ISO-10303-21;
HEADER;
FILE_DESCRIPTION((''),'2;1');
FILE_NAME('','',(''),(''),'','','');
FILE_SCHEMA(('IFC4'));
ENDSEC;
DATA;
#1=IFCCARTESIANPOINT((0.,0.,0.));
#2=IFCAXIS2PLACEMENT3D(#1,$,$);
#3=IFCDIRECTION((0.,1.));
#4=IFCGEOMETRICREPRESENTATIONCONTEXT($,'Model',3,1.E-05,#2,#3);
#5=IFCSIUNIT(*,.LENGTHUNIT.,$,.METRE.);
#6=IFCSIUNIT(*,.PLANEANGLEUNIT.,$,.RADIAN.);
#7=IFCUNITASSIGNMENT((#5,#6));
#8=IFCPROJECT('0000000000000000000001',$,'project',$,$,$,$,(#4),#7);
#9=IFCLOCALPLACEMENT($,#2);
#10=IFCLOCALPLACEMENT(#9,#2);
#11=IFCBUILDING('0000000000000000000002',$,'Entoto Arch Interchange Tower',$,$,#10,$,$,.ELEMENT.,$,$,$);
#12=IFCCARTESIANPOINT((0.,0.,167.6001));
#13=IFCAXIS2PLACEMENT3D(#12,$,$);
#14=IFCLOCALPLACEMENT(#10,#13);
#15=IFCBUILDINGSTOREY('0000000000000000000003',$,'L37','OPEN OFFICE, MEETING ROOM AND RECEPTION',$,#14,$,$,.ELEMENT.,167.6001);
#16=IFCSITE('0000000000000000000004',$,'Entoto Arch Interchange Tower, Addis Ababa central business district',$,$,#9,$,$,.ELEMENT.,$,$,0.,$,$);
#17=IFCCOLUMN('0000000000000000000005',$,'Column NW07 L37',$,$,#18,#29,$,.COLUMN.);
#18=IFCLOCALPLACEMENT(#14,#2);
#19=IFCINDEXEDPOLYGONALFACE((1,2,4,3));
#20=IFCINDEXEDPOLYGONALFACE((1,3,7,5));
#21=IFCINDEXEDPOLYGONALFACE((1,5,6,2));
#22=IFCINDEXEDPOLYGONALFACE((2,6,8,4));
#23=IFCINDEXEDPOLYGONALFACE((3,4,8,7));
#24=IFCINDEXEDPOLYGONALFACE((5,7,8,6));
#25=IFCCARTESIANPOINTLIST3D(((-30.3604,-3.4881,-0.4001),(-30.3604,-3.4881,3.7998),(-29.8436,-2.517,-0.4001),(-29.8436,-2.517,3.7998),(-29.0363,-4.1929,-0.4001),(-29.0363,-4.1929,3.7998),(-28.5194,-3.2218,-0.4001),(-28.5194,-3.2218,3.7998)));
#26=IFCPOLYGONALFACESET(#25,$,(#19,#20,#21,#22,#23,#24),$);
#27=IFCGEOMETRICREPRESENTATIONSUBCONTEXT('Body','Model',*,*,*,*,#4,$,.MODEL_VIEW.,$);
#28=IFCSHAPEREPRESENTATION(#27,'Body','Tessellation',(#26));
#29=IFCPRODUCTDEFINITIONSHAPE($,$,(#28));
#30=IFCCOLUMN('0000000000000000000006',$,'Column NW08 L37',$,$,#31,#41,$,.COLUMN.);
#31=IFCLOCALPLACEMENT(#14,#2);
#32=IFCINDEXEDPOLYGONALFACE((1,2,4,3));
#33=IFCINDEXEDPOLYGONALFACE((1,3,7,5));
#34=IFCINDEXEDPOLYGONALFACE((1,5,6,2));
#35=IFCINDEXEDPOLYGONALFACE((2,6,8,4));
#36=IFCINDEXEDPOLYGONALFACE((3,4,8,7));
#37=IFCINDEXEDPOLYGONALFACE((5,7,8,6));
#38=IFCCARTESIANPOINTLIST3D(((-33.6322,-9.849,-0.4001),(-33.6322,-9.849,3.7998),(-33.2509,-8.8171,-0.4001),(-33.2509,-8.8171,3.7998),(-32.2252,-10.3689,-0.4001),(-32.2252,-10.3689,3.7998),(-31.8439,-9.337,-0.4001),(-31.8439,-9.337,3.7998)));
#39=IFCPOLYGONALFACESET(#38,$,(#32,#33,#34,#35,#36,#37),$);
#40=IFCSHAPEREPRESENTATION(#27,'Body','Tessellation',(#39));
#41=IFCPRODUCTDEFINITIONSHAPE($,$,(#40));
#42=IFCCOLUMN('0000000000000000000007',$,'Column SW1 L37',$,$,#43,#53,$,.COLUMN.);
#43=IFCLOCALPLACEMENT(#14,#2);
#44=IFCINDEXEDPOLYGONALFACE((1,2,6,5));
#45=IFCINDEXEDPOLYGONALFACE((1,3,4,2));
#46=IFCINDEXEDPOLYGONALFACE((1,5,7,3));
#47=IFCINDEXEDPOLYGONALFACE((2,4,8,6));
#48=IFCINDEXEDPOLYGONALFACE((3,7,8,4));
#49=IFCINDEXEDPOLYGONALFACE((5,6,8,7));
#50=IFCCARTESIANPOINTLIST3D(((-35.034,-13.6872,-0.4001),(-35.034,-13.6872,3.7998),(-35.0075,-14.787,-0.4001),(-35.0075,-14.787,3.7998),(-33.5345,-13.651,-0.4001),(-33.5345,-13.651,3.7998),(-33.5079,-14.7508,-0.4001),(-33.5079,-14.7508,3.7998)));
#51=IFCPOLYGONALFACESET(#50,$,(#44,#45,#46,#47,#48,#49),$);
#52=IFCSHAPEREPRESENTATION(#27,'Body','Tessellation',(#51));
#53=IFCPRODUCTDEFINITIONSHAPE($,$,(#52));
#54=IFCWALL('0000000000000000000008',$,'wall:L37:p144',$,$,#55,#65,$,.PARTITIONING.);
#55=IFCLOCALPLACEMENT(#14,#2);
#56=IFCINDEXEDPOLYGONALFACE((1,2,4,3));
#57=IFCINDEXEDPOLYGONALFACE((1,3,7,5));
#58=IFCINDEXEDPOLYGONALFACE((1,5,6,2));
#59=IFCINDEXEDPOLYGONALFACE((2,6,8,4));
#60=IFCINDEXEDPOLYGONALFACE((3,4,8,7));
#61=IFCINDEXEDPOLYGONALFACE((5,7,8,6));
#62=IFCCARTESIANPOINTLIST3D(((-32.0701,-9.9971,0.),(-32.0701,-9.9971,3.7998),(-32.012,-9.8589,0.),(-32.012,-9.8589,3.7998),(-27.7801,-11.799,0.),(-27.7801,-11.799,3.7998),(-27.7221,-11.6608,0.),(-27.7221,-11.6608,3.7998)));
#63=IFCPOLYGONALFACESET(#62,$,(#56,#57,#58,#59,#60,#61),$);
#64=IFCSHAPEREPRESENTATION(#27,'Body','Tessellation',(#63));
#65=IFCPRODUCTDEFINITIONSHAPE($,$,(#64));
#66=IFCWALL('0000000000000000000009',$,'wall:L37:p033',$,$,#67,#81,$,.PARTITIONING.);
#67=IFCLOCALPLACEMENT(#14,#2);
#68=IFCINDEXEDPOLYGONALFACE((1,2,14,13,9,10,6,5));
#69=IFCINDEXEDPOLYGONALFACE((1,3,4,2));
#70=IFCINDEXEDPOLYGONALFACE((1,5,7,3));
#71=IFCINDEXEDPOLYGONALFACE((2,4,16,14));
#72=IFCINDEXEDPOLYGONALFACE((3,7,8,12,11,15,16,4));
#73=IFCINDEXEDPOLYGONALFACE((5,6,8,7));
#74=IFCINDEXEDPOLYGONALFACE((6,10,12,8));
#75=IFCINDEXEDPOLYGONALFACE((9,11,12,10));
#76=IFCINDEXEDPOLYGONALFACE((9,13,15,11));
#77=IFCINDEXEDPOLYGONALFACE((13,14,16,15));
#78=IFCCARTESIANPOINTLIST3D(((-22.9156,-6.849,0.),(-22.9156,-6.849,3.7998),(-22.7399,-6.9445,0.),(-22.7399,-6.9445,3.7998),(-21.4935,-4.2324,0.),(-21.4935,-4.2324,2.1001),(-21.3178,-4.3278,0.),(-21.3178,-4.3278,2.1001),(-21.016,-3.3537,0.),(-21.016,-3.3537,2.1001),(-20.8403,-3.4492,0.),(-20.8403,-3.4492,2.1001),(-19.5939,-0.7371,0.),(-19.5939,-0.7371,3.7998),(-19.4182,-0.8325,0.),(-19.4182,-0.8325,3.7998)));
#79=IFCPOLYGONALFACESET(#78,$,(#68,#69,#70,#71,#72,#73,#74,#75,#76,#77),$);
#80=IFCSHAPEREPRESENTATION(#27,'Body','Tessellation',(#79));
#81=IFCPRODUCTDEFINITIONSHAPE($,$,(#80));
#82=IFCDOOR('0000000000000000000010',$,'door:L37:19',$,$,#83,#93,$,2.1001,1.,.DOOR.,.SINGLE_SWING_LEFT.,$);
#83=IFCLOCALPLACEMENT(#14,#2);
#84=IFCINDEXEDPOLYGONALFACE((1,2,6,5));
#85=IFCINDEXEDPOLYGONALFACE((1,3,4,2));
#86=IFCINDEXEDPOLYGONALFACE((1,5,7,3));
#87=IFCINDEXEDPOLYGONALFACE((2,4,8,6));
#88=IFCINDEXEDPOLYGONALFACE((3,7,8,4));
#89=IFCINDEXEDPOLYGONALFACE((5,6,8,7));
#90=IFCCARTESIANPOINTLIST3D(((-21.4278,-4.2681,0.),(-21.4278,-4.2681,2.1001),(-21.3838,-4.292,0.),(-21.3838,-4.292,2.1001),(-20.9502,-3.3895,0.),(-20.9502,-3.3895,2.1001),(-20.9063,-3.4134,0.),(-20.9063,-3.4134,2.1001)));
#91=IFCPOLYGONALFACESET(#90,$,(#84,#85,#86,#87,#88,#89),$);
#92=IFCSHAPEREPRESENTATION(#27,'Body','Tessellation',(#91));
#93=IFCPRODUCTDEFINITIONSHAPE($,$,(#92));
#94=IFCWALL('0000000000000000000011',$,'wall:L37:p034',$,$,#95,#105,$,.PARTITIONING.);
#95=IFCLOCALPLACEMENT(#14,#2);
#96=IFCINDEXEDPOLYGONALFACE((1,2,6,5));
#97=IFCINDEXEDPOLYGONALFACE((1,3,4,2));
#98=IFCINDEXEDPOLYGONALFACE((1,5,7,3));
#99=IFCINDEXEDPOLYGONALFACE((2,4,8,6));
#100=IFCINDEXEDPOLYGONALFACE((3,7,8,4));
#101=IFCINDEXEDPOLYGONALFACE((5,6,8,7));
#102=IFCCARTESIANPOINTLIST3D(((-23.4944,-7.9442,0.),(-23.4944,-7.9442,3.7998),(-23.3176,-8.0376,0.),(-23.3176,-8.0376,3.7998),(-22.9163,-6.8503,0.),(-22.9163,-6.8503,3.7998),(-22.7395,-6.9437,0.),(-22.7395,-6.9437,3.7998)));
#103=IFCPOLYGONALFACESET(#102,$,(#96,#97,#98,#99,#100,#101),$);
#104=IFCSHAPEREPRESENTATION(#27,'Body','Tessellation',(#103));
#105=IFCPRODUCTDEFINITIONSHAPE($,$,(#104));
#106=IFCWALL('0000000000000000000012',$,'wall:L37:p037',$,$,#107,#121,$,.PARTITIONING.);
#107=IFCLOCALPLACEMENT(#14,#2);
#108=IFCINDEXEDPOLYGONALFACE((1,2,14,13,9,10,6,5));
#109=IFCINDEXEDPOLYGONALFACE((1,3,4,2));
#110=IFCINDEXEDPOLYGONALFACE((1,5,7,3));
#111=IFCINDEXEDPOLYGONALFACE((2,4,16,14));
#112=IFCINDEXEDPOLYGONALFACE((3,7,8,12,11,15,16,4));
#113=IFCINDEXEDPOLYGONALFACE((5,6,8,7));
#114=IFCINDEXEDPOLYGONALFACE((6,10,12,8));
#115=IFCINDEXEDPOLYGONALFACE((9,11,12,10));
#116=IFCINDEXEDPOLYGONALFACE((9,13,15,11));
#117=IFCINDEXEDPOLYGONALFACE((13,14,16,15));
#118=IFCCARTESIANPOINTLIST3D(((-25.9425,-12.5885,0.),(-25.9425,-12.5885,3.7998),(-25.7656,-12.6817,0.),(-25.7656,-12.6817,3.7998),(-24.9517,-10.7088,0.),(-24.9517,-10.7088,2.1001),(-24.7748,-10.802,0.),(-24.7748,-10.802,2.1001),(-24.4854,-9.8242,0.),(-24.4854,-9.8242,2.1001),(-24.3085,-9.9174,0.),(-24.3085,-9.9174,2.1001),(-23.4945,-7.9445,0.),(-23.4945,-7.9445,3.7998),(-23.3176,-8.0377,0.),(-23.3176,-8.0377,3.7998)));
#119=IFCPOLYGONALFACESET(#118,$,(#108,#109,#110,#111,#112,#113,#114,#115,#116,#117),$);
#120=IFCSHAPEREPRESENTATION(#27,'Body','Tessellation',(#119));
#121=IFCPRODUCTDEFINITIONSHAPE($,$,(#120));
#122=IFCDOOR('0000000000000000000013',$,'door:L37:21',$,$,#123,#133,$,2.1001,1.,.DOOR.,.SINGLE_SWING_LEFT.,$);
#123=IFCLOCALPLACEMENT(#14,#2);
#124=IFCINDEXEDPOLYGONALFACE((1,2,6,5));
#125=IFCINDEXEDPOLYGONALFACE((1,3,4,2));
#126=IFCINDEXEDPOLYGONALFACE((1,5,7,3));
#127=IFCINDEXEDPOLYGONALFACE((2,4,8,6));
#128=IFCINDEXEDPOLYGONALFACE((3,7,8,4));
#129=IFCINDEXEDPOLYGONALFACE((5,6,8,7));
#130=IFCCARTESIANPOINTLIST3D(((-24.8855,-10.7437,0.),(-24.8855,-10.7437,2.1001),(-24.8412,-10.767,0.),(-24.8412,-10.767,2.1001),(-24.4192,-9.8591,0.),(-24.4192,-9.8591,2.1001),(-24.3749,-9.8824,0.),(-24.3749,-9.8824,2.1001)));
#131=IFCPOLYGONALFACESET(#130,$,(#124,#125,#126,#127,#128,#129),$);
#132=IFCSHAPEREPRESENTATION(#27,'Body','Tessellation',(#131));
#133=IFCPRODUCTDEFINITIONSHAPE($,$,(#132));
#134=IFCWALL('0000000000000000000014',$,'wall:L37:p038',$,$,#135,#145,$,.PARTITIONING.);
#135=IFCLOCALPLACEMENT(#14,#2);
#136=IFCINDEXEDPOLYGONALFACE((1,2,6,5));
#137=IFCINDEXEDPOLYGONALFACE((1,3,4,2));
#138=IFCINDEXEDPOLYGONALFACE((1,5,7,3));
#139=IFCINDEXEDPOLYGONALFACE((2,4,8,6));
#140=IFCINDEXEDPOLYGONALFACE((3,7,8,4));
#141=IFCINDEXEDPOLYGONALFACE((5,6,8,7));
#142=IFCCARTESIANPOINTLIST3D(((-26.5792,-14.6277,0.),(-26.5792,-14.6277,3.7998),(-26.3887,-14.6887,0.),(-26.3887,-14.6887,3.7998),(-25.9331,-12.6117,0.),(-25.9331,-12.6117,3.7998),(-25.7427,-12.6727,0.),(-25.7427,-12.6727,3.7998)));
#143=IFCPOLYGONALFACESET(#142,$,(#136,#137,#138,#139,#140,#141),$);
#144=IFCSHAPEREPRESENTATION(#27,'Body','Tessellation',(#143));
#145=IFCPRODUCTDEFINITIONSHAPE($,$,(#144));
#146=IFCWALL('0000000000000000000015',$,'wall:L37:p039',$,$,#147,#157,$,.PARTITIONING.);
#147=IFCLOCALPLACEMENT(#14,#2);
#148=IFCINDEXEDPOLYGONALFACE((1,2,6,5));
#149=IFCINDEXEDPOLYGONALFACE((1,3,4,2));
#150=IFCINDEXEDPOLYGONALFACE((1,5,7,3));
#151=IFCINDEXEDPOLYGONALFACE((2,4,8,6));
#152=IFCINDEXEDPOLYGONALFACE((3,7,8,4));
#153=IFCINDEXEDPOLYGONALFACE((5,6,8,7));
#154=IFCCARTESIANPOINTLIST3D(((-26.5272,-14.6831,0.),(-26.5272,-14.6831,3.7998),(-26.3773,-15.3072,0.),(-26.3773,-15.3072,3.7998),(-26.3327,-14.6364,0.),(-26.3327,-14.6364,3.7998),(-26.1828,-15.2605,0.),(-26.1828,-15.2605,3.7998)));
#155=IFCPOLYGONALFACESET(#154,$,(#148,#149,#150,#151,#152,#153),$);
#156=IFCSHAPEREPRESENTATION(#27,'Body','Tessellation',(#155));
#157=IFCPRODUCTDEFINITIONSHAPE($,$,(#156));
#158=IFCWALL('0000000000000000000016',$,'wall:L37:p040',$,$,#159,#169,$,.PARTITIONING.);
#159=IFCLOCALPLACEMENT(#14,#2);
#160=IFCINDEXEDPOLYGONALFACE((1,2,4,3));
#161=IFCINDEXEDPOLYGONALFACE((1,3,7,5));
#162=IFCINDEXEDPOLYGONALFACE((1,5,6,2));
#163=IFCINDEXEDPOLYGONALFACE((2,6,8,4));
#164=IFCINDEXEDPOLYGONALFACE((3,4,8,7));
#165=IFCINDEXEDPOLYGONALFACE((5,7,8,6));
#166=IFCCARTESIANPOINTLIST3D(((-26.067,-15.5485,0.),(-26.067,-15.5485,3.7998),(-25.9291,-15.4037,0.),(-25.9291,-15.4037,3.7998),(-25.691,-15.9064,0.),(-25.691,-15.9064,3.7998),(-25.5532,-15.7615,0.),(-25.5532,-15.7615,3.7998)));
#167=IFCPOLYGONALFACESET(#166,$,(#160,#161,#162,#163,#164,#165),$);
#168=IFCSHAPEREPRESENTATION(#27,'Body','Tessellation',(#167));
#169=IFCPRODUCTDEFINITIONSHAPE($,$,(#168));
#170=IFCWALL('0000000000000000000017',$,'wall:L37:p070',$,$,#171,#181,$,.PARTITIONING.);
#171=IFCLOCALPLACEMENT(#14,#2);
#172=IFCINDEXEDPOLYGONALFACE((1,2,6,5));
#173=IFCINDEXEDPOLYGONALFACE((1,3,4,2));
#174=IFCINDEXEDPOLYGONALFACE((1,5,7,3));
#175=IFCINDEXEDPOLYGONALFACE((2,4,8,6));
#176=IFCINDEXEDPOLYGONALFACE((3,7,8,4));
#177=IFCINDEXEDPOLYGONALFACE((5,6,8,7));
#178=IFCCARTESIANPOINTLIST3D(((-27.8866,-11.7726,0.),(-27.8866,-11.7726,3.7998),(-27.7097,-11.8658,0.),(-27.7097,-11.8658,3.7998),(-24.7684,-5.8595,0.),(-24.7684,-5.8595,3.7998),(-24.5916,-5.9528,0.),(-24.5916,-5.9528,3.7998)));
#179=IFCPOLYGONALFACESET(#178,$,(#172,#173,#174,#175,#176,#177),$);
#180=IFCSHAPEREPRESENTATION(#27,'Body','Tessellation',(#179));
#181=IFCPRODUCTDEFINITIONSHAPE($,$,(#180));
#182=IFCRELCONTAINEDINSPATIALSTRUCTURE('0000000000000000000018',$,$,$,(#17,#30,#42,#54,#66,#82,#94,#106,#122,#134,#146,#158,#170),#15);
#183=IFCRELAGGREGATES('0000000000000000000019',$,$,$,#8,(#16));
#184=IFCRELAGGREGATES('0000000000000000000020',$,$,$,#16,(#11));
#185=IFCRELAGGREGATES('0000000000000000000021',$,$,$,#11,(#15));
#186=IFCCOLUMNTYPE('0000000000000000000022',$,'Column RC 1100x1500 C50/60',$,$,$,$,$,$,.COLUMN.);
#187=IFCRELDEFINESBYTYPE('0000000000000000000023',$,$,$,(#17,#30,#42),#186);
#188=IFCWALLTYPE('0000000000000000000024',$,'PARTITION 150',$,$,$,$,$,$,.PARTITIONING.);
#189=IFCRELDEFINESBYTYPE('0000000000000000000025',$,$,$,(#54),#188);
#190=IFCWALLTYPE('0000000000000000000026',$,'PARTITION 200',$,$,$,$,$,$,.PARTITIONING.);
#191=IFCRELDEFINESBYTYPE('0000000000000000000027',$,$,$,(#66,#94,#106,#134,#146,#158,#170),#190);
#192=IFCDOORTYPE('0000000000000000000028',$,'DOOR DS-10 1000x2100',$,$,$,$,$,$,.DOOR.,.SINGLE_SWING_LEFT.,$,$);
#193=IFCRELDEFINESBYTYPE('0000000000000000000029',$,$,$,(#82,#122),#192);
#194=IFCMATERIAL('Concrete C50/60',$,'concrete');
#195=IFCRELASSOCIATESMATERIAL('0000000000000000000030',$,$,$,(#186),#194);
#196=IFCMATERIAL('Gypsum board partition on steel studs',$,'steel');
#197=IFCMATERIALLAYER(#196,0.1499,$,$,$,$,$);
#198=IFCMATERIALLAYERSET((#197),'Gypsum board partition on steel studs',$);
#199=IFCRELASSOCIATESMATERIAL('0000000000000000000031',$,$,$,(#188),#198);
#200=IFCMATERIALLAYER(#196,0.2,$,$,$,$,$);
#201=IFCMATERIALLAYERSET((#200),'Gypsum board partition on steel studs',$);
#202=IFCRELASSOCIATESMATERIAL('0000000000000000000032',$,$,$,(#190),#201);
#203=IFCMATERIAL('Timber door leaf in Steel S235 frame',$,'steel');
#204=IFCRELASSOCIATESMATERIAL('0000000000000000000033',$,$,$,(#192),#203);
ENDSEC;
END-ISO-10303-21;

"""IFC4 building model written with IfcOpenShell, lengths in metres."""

from ifc_helpers import new_model, si_unit, direction, frame, frame_2d, origin, origin_2d, place, context, subcontext, project, spatial, rectangle, extrude, material, layer, layer_set, material_profile, profile_set, type_object, element, fill, save


model = new_model("IFC4")

# Units and contexts
model_context = context("Model", 3, precision=1e-05, world=origin(), true_north=direction((0.0, 1.0)))
body_context = subcontext(model_context, "Body", "Model", "MODEL_VIEW")
ifc_project = project(units=[si_unit("LENGTHUNIT", "METRE"), si_unit("PLANEANGLEUNIT", "RADIAN")], contexts=[model_context])

# Site, building, storey
site_placement = place(None, origin())
site = spatial("IfcSite", under=ifc_project, at=site_placement, Name="Entoto Arch Interchange Tower, Addis Ababa central business district", CompositionType="ELEMENT", RefElevation=0.0)
building_placement = place(site_placement, origin())
building = spatial("IfcBuilding", under=site, at=building_placement, Name="Entoto Arch Interchange Tower", CompositionType="ELEMENT")
storey_placement = place(building_placement, frame((0.0, 0.0, 167.6001)))
storey = spatial("IfcBuildingStorey", under=building, at=storey_placement, Name="L37", Description="OPEN OFFICE, MEETING ROOM AND RECEPTION", CompositionType="ELEMENT", Elevation=167.6001)

# Columns
ifc_material_1 = material(Name="Concrete C50/60", Category="concrete")
ifc_material_profile = material_profile(ifc_material_1, rectangle(XDim=1.1001, YDim=1.5, at=origin_2d()))
ifc_profile_set = profile_set([ifc_material_profile], Name="Concrete C50/60")
column_type = type_object("IfcColumnType", Name="Column RC 1100x1500 C50/60", PredefinedType="COLUMN", material=ifc_profile_set)
for number, where, z_axis, x_axis, name in (
    (1, (-29.4399, -3.355, -0.4001), (0.0, 0.0, 1.0), (0.469857, 0.882743, 0.0), "Column NW07 L37"),
    (2, (-32.738, -9.593, -0.4001), (0.0, 0.0, 1.0), (0.346592, 0.938016, 0.0), "Column NW08 L37"),
    (3, (-34.271, -14.219, -0.4001), (0.0, 0.0, 1.0), (-0.024118, 0.999709, 0.0), "Column SW1 L37"),
):
    element("IfcColumn", number, at=place(storey_placement, frame(where, z_axis=z_axis, x_axis=x_axis)), inside=storey, type_object=column_type, Name=name, PredefinedType="COLUMN", context=body_context, shape_type="SweptSolid", body=[
        extrude(rectangle(XDim=1.1001, YDim=1.5, at=origin_2d()), origin(), (0.0, 0.0, 1.0), 4.2),
    ])

# Wall
ifc_material_2 = material(Name="Gypsum board partition on steel studs", Category="steel")
ifc_layer_1 = layer(ifc_material_2, 0.1499)
ifc_layer_set_1 = layer_set([ifc_layer_1], Name="Gypsum board partition on steel studs")
wall_type_1 = type_object("IfcWallType", Name="PARTITION 150", PredefinedType="PARTITIONING", material=ifc_layer_set_1)
wall_1_placement = place(storey_placement, frame((-27.751, -11.73, 0.0), z_axis=(0.0, 0.0, 1.0), x_axis=(-0.921968, 0.387266, 0.0)))
element("IfcWall", 4, at=wall_1_placement, inside=storey, type_object=wall_type_1, Name="wall:L37:p144", PredefinedType="PARTITIONING", context=body_context, shape_type="SweptSolid", body=[
    extrude(rectangle(XDim=4.6531, YDim=0.1499, at=frame_2d((2.3267, 0.0))), origin(), (0.0, 0.0, 1.0), 3.7998),
])

# Wall, opening, door
ifc_layer_2 = layer(ifc_material_2, 0.2)
ifc_layer_set_2 = layer_set([ifc_layer_2], Name="Gypsum board partition on steel studs")
wall_type_2 = type_object("IfcWallType", Name="PARTITION 200", PredefinedType="PARTITIONING", material=ifc_layer_set_2)
wall_2_placement = place(storey_placement, frame((-19.5061, -0.7849, 0.0), z_axis=(0.0, 0.0, 1.0), x_axis=(-0.477514, -0.878624, 0.0)))
wall_2 = element("IfcWall", 5, at=wall_2_placement, inside=storey, type_object=wall_type_2, Name="wall:L37:p033", PredefinedType="PARTITIONING", context=body_context, shape_type="SweptSolid", body=[
    extrude(rectangle(XDim=6.9563, YDim=0.2, at=frame_2d((3.478, 0.0))), origin(), (0.0, 0.0, 1.0), 3.7998),
])
opening_1_placement = place(wall_2_placement, frame((2.978, 0.0, 0.0)))
opening_1 = element("IfcOpeningElement", 6, at=opening_1_placement, cuts=wall_2, PredefinedType="OPENING", context=body_context, shape_type="SweptSolid", body=[
    extrude(rectangle(XDim=1.0, YDim=2.1001, at=frame_2d((0.5, 1.05))), frame((0.0, 0.1099, 0.0), z_axis=(0.0, -1.0, 0.0), x_axis=(1.0, 0.0, 0.0)), (0.0, 0.0, 1.0), 0.22),
])
ifc_material_3 = material(Name="Timber door leaf in Steel S235 frame", Category="steel")
door_type = type_object("IfcDoorType", Name="DOOR DS-10 1000x2100", OperationType="SINGLE_SWING_LEFT", PredefinedType="DOOR", material=ifc_material_3)
door_1_placement = place(opening_1_placement, origin())
door_1 = element("IfcDoor", 7, at=door_1_placement, inside=storey, type_object=door_type, Name="door:L37:19", OperationType="SINGLE_SWING_LEFT", OverallHeight=2.1001, OverallWidth=1.0, PredefinedType="DOOR", context=body_context, shape_type="SweptSolid", body=[
    extrude(rectangle(XDim=1.0, YDim=2.1001, at=frame_2d((0.5, 1.05))), frame((0.0, 0.0249, 0.0), z_axis=(0.0, -1.0, 0.0), x_axis=(1.0, 0.0, 0.0)), (0.0, 0.0, 1.0), 0.05),
])
fill(opening_1, door_1)

# Wall
wall_3_placement = place(storey_placement, frame((-22.8279, -6.897, 0.0), z_axis=(0.0, 0.0, 1.0), x_axis=(-0.467226, -0.884138, 0.0)))
element("IfcWall", 8, at=wall_3_placement, inside=storey, type_object=wall_type_2, Name="wall:L37:p034", PredefinedType="PARTITIONING", context=body_context, shape_type="SweptSolid", body=[
    extrude(rectangle(XDim=1.2373, YDim=0.2, at=frame_2d((0.6187, 0.0))), origin(), (0.0, 0.0, 1.0), 3.7998),
])

# Wall, opening, door
wall_4_placement = place(storey_placement, frame((-23.406, -7.991, 0.0), z_axis=(0.0, 0.0, 1.0), x_axis=(-0.466308, -0.884622, 0.0)))
wall_4 = element("IfcWall", 9, at=wall_4_placement, inside=storey, type_object=wall_type_2, Name="wall:L37:p037", PredefinedType="PARTITIONING", context=body_context, shape_type="SweptSolid", body=[
    extrude(rectangle(XDim=5.2498, YDim=0.2, at=frame_2d((2.625, 0.0))), origin(), (0.0, 0.0, 1.0), 3.7998),
])
opening_2_placement = place(wall_4_placement, frame((2.125, 0.0, 0.0)))
opening_2 = element("IfcOpeningElement", 10, at=opening_2_placement, cuts=wall_4, PredefinedType="OPENING", context=body_context, shape_type="SweptSolid", body=[
    extrude(rectangle(XDim=1.0, YDim=2.1001, at=frame_2d((0.5, 1.05))), frame((0.0, 0.1099, 0.0), z_axis=(0.0, -1.0, 0.0), x_axis=(1.0, 0.0, 0.0)), (0.0, 0.0, 1.0), 0.22),
])
door_2_placement = place(opening_2_placement, origin())
door_2 = element("IfcDoor", 11, at=door_2_placement, inside=storey, type_object=door_type, Name="door:L37:21", OperationType="SINGLE_SWING_LEFT", OverallHeight=2.1001, OverallWidth=1.0, PredefinedType="DOOR", context=body_context, shape_type="SweptSolid", body=[
    extrude(rectangle(XDim=1.0, YDim=2.1001, at=frame_2d((0.5, 1.05))), frame((0.0, 0.0249, 0.0), z_axis=(0.0, -1.0, 0.0), x_axis=(1.0, 0.0, 0.0)), (0.0, 0.0, 1.0), 0.05),
])
fill(opening_2, door_2)

# Walls
wall_5_placement = place(storey_placement, frame((-25.8379, -12.6421, 0.0), z_axis=(0.0, 0.0, 1.0), x_axis=(-0.305169, -0.952298, 0.0)))
element("IfcWall", 12, at=wall_5_placement, inside=storey, type_object=wall_type_2, Name="wall:L37:p038", PredefinedType="PARTITIONING", context=body_context, shape_type="SweptSolid", body=[
    extrude(rectangle(XDim=2.1169, YDim=0.2, at=frame_2d((1.0586, 0.0))), origin(), (0.0, 0.0, 1.0), 3.7998),
])
wall_6_placement = place(storey_placement, frame((-26.4299, -14.6599, 0.0), z_axis=(0.0, 0.0, 1.0), x_axis=(0.233574, -0.972339, 0.0)))
element("IfcWall", 13, at=wall_6_placement, inside=storey, type_object=wall_type_2, Name="wall:L37:p039", PredefinedType="PARTITIONING", context=body_context, shape_type="SweptSolid", body=[
    extrude(rectangle(XDim=0.6418, YDim=0.2, at=frame_2d((0.3208, 0.0))), origin(), (0.0, 0.0, 1.0), 3.7998),
])
wall_7_placement = place(storey_placement, frame((-25.998, -15.4761, 0.0), z_axis=(0.0, 0.0, 1.0), x_axis=(0.724294, -0.689491, 0.0)))
element("IfcWall", 14, at=wall_7_placement, inside=storey, type_object=wall_type_2, Name="wall:L37:p040", PredefinedType="PARTITIONING", context=body_context, shape_type="SweptSolid", body=[
    extrude(rectangle(XDim=0.519, YDim=0.2, at=frame_2d((0.2595, 0.0))), origin(), (0.0, 0.0, 1.0), 3.7998),
])
wall_8_placement = place(storey_placement, frame((-27.7981, -11.8191, 0.0), z_axis=(0.0, 0.0, 1.0), x_axis=(0.466451, 0.884547, 0.0)))
element("IfcWall", 15, at=wall_8_placement, inside=storey, type_object=wall_type_2, Name="wall:L37:p070", PredefinedType="PARTITIONING", context=body_context, shape_type="SweptSolid", body=[
    extrude(rectangle(XDim=6.6848, YDim=0.2, at=frame_2d((3.3423, 0.0))), origin(), (0.0, 0.0, 1.0), 3.7998),
])

save(model, "model.ifc")
